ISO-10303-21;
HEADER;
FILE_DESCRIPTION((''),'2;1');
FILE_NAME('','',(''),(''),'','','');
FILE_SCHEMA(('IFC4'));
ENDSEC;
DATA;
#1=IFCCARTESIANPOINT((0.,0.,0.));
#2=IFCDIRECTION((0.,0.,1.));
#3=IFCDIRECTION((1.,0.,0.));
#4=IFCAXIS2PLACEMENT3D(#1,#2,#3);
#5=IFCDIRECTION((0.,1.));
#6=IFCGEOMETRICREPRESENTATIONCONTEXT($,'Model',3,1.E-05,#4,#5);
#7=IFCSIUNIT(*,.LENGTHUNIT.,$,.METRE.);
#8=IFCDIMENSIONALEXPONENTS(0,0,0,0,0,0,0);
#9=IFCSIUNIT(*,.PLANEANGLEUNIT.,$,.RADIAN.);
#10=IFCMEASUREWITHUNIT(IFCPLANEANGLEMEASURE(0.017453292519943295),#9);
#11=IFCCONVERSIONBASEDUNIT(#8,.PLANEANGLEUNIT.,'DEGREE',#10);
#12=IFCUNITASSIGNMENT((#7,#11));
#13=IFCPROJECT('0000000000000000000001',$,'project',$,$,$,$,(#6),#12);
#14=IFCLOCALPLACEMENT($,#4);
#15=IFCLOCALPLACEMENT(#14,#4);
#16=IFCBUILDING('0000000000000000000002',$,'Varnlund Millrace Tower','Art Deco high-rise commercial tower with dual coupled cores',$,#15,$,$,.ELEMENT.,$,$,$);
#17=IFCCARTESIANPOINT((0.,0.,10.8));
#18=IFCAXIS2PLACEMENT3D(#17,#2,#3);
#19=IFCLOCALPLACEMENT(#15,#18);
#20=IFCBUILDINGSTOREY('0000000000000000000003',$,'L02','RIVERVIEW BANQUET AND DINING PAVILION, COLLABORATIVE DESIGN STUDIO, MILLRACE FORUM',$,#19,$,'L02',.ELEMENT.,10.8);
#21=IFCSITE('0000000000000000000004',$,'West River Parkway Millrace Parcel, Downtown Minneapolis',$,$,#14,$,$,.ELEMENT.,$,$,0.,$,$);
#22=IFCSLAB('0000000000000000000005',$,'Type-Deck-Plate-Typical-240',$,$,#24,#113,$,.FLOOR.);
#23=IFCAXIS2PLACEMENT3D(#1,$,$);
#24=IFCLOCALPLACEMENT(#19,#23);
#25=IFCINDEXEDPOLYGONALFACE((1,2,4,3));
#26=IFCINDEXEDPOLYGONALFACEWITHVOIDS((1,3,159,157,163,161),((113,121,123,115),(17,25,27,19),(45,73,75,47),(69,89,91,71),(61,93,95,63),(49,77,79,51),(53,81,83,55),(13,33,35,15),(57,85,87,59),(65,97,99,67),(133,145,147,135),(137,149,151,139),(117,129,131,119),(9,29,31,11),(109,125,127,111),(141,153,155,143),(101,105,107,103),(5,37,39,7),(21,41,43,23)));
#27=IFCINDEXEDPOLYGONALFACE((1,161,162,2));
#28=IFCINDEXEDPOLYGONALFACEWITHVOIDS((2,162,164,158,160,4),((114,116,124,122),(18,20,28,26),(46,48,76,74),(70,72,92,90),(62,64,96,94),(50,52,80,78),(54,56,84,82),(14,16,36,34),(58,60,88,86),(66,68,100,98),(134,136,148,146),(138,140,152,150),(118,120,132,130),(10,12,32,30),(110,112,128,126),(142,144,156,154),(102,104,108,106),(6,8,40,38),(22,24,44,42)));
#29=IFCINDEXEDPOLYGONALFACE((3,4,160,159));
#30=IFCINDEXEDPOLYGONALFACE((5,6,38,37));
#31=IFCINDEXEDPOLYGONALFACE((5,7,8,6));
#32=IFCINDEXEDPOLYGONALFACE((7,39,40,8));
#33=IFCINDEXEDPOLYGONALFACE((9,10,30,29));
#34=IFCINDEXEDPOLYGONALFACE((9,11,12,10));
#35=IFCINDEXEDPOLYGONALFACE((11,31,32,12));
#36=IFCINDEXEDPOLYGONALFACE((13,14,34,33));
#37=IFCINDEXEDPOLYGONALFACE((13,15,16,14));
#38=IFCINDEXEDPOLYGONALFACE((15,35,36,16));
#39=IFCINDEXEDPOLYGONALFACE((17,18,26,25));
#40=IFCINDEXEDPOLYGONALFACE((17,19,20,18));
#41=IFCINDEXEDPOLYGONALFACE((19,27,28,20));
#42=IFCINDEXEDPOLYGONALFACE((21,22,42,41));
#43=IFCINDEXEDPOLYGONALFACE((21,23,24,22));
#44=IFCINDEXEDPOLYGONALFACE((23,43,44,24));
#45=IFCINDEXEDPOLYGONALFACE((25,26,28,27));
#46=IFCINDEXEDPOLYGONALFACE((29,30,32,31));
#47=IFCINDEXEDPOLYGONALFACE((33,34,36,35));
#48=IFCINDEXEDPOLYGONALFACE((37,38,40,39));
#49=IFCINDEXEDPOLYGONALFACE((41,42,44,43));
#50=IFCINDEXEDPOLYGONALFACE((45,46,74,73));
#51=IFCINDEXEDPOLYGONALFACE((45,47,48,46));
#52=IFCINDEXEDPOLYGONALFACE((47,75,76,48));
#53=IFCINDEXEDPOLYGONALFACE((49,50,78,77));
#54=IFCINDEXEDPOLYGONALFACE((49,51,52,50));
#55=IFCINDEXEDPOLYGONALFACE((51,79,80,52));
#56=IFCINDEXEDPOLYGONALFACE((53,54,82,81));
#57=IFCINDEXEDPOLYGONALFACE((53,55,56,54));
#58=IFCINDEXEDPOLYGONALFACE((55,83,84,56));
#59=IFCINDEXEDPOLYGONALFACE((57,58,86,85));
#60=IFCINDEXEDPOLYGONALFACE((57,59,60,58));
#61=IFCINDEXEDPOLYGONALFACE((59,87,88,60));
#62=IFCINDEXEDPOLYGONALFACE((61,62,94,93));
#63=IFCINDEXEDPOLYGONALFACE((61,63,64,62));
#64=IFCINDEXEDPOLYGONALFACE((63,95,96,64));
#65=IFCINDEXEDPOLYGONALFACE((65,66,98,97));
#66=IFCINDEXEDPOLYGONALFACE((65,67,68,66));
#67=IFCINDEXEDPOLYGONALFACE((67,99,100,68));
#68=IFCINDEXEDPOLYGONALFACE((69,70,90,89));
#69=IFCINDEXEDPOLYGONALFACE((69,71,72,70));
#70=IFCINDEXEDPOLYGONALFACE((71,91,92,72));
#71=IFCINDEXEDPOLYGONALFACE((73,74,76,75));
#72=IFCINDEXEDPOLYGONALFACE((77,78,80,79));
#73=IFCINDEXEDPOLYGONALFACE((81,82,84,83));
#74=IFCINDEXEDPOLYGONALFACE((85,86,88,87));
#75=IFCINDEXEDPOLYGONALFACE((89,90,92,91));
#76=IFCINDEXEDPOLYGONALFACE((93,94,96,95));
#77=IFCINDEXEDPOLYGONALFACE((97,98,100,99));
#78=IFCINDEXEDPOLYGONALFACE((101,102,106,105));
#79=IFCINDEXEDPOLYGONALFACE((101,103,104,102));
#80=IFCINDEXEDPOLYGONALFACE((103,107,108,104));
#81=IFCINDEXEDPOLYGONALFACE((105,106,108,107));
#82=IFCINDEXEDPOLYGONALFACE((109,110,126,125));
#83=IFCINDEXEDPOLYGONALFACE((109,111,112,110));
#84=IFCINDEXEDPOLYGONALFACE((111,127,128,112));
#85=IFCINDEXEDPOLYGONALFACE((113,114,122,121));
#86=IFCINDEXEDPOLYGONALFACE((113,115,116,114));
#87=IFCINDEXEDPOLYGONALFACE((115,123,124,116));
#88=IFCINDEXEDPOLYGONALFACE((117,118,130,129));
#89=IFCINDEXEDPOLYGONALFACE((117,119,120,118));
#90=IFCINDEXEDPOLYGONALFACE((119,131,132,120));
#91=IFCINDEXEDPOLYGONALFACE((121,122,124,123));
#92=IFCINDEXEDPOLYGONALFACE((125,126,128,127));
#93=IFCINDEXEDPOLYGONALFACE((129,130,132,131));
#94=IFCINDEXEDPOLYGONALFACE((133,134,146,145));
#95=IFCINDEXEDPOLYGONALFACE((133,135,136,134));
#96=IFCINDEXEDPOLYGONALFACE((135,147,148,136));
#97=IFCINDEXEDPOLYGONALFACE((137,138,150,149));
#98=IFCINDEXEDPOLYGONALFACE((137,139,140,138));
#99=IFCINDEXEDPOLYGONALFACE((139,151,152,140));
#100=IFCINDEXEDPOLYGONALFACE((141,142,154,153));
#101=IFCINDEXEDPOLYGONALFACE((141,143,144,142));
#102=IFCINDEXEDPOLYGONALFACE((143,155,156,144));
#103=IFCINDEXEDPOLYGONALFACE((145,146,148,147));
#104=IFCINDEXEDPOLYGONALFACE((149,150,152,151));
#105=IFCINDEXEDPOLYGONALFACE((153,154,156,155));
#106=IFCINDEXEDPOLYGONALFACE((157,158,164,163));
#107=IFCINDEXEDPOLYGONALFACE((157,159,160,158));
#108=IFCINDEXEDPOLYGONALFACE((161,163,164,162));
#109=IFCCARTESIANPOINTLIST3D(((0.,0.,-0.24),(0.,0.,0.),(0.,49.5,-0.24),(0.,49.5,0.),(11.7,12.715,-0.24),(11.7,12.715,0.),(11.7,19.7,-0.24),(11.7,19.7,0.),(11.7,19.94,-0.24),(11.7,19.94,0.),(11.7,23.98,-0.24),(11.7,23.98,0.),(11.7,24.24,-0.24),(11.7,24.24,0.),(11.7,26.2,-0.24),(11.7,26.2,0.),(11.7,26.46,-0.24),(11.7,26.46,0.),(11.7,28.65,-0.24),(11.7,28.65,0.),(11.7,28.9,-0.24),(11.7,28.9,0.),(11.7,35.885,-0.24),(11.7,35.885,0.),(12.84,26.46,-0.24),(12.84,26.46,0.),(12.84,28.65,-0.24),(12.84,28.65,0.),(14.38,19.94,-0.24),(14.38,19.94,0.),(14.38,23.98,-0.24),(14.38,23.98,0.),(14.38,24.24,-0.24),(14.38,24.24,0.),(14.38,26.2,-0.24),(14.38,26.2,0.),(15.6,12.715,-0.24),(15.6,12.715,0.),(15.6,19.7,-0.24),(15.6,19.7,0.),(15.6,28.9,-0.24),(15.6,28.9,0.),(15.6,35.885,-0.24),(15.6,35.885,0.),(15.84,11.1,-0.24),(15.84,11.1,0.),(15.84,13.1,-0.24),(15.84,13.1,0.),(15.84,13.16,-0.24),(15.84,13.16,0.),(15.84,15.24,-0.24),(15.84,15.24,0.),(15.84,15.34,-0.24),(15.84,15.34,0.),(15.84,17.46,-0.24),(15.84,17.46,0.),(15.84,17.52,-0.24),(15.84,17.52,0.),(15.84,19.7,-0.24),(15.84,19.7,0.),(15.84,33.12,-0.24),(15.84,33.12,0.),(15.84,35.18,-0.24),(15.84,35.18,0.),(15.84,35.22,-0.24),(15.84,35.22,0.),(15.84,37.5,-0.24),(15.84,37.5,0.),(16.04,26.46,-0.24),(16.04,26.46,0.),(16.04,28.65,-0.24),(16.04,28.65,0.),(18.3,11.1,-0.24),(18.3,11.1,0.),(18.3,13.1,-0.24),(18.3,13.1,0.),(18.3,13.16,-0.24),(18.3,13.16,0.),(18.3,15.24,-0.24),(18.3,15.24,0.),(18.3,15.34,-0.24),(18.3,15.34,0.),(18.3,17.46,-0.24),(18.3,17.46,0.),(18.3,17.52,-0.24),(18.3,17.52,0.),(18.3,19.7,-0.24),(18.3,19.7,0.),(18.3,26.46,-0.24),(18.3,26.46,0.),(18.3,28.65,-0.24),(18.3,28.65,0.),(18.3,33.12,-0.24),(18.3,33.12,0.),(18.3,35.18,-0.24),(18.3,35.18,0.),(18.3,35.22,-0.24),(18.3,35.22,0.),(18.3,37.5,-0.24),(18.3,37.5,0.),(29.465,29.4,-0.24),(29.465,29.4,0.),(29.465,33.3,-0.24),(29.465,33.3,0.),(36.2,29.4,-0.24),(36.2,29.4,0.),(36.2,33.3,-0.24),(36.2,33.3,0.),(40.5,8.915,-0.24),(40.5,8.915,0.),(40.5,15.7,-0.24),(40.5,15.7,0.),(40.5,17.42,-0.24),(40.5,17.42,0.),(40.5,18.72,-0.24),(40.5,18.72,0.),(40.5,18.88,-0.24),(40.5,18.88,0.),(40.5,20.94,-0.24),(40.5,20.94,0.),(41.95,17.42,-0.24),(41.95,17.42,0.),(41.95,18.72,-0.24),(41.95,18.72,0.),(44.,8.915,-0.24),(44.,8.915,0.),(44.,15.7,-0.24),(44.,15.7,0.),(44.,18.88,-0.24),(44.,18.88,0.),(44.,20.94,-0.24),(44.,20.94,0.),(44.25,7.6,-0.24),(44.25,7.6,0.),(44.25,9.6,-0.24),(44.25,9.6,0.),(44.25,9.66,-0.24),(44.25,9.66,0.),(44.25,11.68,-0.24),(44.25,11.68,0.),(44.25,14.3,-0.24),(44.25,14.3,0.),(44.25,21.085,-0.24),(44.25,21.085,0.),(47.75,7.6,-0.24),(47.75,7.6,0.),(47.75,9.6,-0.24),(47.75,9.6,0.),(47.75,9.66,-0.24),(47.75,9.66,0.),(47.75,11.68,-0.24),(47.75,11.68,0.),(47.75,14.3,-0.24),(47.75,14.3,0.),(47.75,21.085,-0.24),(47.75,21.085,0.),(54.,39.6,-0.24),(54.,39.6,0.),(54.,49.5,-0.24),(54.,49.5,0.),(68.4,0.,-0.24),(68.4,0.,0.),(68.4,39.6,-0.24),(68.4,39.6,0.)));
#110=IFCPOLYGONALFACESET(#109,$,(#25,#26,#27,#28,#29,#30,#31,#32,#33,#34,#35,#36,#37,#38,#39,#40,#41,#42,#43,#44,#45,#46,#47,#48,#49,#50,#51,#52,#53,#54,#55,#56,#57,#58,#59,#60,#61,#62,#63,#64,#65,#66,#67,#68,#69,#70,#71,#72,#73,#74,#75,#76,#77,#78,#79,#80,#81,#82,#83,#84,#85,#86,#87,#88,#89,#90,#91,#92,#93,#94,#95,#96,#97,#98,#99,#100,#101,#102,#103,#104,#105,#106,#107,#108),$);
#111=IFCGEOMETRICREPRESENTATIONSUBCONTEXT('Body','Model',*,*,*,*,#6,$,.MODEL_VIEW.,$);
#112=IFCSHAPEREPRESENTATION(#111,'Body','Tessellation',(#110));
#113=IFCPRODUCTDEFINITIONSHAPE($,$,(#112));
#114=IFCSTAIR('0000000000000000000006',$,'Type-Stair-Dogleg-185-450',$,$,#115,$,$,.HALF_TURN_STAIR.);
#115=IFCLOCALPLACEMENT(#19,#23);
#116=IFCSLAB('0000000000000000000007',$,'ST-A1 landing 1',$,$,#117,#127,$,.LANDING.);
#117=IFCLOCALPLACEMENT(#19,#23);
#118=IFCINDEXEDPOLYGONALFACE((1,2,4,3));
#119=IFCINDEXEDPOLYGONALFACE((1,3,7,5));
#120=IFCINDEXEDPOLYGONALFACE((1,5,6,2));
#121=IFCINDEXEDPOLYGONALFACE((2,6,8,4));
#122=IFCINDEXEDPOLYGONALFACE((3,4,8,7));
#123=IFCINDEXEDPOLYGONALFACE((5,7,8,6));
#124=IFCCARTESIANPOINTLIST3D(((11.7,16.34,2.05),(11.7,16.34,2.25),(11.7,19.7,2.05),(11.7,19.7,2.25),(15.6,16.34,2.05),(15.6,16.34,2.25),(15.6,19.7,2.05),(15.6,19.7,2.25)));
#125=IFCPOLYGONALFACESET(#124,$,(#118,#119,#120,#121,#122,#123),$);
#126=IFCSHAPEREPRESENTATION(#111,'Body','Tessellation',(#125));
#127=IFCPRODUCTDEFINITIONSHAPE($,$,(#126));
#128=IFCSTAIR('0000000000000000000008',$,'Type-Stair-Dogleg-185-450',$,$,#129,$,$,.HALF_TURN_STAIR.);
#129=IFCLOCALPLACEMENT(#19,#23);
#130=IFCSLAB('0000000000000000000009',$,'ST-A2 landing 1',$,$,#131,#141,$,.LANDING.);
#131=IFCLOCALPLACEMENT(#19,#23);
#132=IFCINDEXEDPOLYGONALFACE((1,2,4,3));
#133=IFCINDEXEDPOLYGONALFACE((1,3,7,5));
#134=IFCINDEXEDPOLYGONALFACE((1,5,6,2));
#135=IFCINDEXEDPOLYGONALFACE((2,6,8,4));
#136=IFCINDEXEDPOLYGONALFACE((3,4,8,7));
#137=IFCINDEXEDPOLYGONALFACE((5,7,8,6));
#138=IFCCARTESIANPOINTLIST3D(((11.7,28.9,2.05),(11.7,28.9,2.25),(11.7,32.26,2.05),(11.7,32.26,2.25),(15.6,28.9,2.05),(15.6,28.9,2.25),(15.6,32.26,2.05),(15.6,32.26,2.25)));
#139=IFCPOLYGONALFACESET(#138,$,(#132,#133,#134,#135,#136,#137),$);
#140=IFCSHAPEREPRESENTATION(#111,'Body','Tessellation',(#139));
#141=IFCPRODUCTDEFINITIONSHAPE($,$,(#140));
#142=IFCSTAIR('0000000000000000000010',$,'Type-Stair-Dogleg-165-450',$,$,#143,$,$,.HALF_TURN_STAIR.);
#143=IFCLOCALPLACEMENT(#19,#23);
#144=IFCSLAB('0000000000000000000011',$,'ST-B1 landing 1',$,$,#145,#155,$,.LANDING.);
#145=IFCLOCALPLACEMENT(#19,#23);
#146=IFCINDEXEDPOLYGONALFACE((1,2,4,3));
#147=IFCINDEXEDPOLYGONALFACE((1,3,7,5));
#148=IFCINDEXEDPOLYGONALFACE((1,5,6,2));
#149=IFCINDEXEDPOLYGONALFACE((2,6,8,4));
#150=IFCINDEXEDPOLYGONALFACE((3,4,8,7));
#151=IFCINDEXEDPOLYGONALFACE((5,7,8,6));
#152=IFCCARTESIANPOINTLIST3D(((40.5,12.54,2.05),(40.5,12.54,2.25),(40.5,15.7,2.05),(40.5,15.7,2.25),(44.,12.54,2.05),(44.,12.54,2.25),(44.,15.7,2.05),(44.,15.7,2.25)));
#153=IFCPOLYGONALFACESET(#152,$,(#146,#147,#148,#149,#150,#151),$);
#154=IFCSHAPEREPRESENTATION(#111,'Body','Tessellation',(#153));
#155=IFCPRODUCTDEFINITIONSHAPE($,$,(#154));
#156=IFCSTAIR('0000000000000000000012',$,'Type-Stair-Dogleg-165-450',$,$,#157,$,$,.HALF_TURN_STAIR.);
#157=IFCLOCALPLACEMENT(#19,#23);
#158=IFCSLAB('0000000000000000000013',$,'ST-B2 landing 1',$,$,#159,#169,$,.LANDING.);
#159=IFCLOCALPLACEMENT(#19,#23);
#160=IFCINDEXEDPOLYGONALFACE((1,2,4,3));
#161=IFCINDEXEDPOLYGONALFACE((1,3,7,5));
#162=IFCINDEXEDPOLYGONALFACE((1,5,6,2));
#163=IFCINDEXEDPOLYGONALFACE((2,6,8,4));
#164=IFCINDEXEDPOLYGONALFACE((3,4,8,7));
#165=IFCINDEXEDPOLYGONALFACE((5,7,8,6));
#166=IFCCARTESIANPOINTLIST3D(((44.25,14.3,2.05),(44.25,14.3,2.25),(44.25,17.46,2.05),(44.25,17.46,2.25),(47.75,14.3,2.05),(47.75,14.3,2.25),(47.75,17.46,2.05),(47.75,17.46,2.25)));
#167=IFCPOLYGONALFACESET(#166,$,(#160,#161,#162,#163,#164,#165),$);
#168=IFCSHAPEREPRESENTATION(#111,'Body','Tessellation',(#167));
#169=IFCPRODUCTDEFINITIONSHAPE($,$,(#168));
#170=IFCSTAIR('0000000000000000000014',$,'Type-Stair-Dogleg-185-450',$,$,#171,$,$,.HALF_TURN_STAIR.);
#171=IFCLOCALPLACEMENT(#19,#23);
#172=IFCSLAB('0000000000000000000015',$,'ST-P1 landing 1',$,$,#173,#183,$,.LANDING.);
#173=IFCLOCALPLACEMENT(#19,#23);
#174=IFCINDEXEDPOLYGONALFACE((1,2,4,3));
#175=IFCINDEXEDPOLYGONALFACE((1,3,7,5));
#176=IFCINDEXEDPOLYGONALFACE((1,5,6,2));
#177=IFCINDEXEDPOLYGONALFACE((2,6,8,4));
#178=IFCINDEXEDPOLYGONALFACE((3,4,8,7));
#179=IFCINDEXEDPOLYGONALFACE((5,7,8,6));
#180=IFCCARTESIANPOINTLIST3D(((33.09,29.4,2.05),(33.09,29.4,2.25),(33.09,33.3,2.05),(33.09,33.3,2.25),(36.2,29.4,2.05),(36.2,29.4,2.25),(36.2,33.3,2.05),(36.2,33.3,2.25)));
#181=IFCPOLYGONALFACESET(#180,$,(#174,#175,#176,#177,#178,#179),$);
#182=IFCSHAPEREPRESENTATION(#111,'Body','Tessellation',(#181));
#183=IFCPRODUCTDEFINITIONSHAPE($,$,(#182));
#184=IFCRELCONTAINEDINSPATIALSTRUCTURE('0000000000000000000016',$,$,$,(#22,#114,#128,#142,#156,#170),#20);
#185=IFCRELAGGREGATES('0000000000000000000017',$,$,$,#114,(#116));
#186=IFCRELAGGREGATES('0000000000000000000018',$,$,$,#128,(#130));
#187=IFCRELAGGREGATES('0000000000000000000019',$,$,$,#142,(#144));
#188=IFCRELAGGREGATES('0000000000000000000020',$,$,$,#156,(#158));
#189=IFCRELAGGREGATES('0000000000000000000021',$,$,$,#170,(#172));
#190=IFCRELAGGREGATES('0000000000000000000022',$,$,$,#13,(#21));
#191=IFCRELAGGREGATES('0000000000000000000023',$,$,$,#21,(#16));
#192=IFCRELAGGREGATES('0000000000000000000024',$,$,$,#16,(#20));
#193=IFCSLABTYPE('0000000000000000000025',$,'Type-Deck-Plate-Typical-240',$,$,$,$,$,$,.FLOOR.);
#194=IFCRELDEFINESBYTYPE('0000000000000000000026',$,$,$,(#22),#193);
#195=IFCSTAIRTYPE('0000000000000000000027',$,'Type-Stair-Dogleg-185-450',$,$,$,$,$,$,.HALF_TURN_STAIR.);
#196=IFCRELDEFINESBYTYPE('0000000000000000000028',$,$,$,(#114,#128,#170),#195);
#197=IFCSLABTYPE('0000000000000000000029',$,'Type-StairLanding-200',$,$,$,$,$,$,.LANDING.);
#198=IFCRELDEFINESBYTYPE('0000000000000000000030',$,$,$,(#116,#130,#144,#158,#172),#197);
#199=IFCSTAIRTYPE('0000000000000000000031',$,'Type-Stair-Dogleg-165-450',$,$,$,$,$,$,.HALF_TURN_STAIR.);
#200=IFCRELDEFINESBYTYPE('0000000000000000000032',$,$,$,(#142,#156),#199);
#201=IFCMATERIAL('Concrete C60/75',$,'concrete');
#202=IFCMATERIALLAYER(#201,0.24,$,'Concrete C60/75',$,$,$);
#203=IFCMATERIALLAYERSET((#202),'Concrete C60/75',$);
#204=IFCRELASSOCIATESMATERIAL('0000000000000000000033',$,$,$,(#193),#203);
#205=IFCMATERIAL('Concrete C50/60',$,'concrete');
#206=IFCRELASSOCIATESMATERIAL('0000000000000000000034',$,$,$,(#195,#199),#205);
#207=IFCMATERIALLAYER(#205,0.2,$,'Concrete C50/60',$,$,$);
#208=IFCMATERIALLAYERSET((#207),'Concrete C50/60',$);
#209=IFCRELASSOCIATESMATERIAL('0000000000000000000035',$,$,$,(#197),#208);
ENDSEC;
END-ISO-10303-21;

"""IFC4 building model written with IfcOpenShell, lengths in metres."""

from ifc_helpers import new_model, entity, si_unit, converted_unit, direction, frame, origin_with_axes, place, context, subcontext, project, spatial, polyline, outline, extrude, material, layer, layer_set, type_object, element, aggregate, save


model = new_model("IFC4")

# Units and contexts
model_context = context("Model", 3, precision=1e-05, world=origin_with_axes(), true_north=direction((0.0, 1.0)))
body_context = subcontext(model_context, "Body", "Model", "MODEL_VIEW")
ifc_project = project(units=[si_unit("LENGTHUNIT", "METRE"), converted_unit("PLANEANGLEUNIT", "DEGREE", entity("IfcPlaneAngleMeasure", 0.017453292519943295), si_unit("PLANEANGLEUNIT", "RADIAN"), dimensions=[0, 0, 0, 0, 0, 0, 0])], contexts=[model_context])

# Site, building, storey
site_placement = place(None, origin_with_axes())
site = spatial("IfcSite", under=ifc_project, at=site_placement, Name="West River Parkway Millrace Parcel, Downtown Minneapolis", CompositionType="ELEMENT", RefElevation=0.0)
building_placement = place(site_placement, origin_with_axes())
building = spatial("IfcBuilding", under=site, at=building_placement, Name="Varnlund Millrace Tower", Description="Art Deco high-rise commercial tower with dual coupled cores", CompositionType="ELEMENT")
storey_placement = place(building_placement, frame((0.0, 0.0, 10.8), z_axis=(0.0, 0.0, 1.0), x_axis=(1.0, 0.0, 0.0)))
storey = spatial("IfcBuildingStorey", under=building, at=storey_placement, Name="L02", Description="RIVERVIEW BANQUET AND DINING PAVILION, COLLABORATIVE DESIGN STUDIO, MILLRACE FORUM", LongName="L02", CompositionType="ELEMENT", Elevation=10.8)

# Slab
ifc_material_1 = material(Name="Concrete C60/75", Category="concrete")
ifc_layer_1 = layer(ifc_material_1, 0.24, Name="Concrete C60/75")
ifc_layer_set_1 = layer_set([ifc_layer_1], Name="Concrete C60/75")
slab_type_1 = type_object("IfcSlabType", Name="Type-Deck-Plate-Typical-240", PredefinedType="FLOOR", material=ifc_layer_set_1)
slab_1_placement = place(storey_placement, frame((0.0, 0.0, -0.24), z_axis=(0.0, 0.0, 1.0), x_axis=(1.0, 0.0, 0.0)))
element("IfcSlab", 1, at=slab_1_placement, inside=storey, type_object=slab_type_1, Name="Type-Deck-Plate-Typical-240", PredefinedType="FLOOR", context=body_context, shape_type="SweptSolid", body=[
    extrude(outline(polyline([(68.4, 39.6), (54.0, 39.6), (54.0, 49.5), (0.0, 49.5), (0.0, 0.0), (68.4, 0.0), (68.4, 39.6)]), holes=[polyline([(18.3, 11.1), (15.84, 11.1), (15.84, 13.1), (18.3, 13.1), (18.3, 11.1)]), polyline([(18.3, 13.16), (15.84, 13.16), (15.84, 15.24), (18.3, 15.24), (18.3, 13.16)]), polyline([(15.6, 12.715), (11.7, 12.715), (11.7, 19.7), (15.6, 19.7), (15.6, 12.715)]), polyline([(15.84, 15.34), (15.84, 17.46), (18.3, 17.46), (18.3, 15.34), (15.84, 15.34)]), polyline([(15.84, 17.52), (15.84, 19.7), (18.3, 19.7), (18.3, 17.52), (15.84, 17.52)]), polyline([(11.7, 23.98), (14.38, 23.98), (14.38, 19.94), (11.7, 19.94), (11.7, 23.98)]), polyline([(14.38, 24.24), (11.7, 24.24), (11.7, 26.2), (14.38, 26.2), (14.38, 24.24)]), polyline([(11.7, 26.46), (11.7, 28.65), (12.84, 28.65), (12.84, 26.46), (11.7, 26.46)]), polyline([(11.7, 28.9), (11.7, 35.885), (15.6, 35.885), (15.6, 28.9), (11.7, 28.9)]), polyline([(47.75, 7.6), (44.25, 7.6), (44.25, 9.6), (47.75, 9.6), (47.75, 7.6)]), polyline([(47.75, 9.66), (44.25, 9.66), (44.25, 11.68), (47.75, 11.68), (47.75, 9.66)]), polyline([(44.0, 8.915), (40.5, 8.915), (40.5, 15.7), (44.0, 15.7), (44.0, 8.915)]), polyline([(44.25, 14.3), (44.25, 21.085), (47.75, 21.085), (47.75, 14.3), (44.25, 14.3)]), polyline([(40.5, 17.42), (40.5, 18.72), (41.95, 18.72), (41.95, 17.42), (40.5, 17.42)]), polyline([(44.0, 18.88), (40.5, 18.88), (40.5, 20.94), (44.0, 20.94), (44.0, 18.88)]), polyline([(18.3, 26.46), (16.04, 26.46), (16.04, 28.65), (18.3, 28.65), (18.3, 26.46)]), polyline([(36.2, 29.4), (29.465, 29.4), (29.465, 33.3), (36.2, 33.3), (36.2, 29.4)]), polyline([(15.84, 33.12), (15.84, 35.18), (18.3, 35.18), (18.3, 33.12), (15.84, 33.12)]), polyline([(15.84, 35.22), (15.84, 37.5), (18.3, 37.5), (18.3, 35.22), (15.84, 35.22)])]), origin_with_axes(), (0.0, 0.0, 1.0), 0.24),
])

# Stairs, slabs
ifc_material_2 = material(Name="Concrete C50/60", Category="concrete")
stair_type_1 = type_object("IfcStairType", Name="Type-Stair-Dogleg-185-450", PredefinedType="HALF_TURN_STAIR", material=ifc_material_2)
stair_1_placement = place(storey_placement, origin_with_axes())
stair_1 = element("IfcStair", 2, at=stair_1_placement, inside=storey, type_object=stair_type_1, Name="Type-Stair-Dogleg-185-450", PredefinedType="HALF_TURN_STAIR")
ifc_layer_2 = layer(ifc_material_2, 0.2, Name="Concrete C50/60")
ifc_layer_set_2 = layer_set([ifc_layer_2], Name="Concrete C50/60")
slab_type_2 = type_object("IfcSlabType", Name="Type-StairLanding-200", PredefinedType="LANDING", material=ifc_layer_set_2)
slab_2_placement = place(storey_placement, frame((0.0, 0.0, 2.05), z_axis=(0.0, 0.0, 1.0), x_axis=(1.0, 0.0, 0.0)))
slab_2 = element("IfcSlab", 3, at=slab_2_placement, type_object=slab_type_2, Name="ST-A1 landing 1", PredefinedType="LANDING", context=body_context, shape_type="SweptSolid", body=[
    extrude(outline(polyline([(15.6, 16.34), (15.6, 19.7), (11.7, 19.7), (11.7, 16.34), (15.6, 16.34)])), origin_with_axes(), (0.0, 0.0, 1.0), 0.2),
])
aggregate(stair_1, [slab_2])
stair_2_placement = place(storey_placement, origin_with_axes())
stair_2 = element("IfcStair", 4, at=stair_2_placement, inside=storey, type_object=stair_type_1, Name="Type-Stair-Dogleg-185-450", PredefinedType="HALF_TURN_STAIR")
slab_3_placement = place(storey_placement, frame((0.0, 0.0, 2.05), z_axis=(0.0, 0.0, 1.0), x_axis=(1.0, 0.0, 0.0)))
slab_3 = element("IfcSlab", 5, at=slab_3_placement, type_object=slab_type_2, Name="ST-A2 landing 1", PredefinedType="LANDING", context=body_context, shape_type="SweptSolid", body=[
    extrude(outline(polyline([(11.7, 32.26), (11.7, 28.9), (15.6, 28.9), (15.6, 32.26), (11.7, 32.26)])), origin_with_axes(), (0.0, 0.0, 1.0), 0.2),
])
aggregate(stair_2, [slab_3])
stair_type_2 = type_object("IfcStairType", Name="Type-Stair-Dogleg-165-450", PredefinedType="HALF_TURN_STAIR", material=ifc_material_2)
stair_3_placement = place(storey_placement, origin_with_axes())
stair_3 = element("IfcStair", 6, at=stair_3_placement, inside=storey, type_object=stair_type_2, Name="Type-Stair-Dogleg-165-450", PredefinedType="HALF_TURN_STAIR")
slab_4_placement = place(storey_placement, frame((0.0, 0.0, 2.05), z_axis=(0.0, 0.0, 1.0), x_axis=(1.0, 0.0, 0.0)))
slab_4 = element("IfcSlab", 7, at=slab_4_placement, type_object=slab_type_2, Name="ST-B1 landing 1", PredefinedType="LANDING", context=body_context, shape_type="SweptSolid", body=[
    extrude(outline(polyline([(44.0, 12.54), (44.0, 15.7), (40.5, 15.7), (40.5, 12.54), (44.0, 12.54)])), origin_with_axes(), (0.0, 0.0, 1.0), 0.2),
])
aggregate(stair_3, [slab_4])
stair_4_placement = place(storey_placement, origin_with_axes())
stair_4 = element("IfcStair", 8, at=stair_4_placement, inside=storey, type_object=stair_type_2, Name="Type-Stair-Dogleg-165-450", PredefinedType="HALF_TURN_STAIR")
slab_5_placement = place(storey_placement, frame((0.0, 0.0, 2.05), z_axis=(0.0, 0.0, 1.0), x_axis=(1.0, 0.0, 0.0)))
slab_5 = element("IfcSlab", 9, at=slab_5_placement, type_object=slab_type_2, Name="ST-B2 landing 1", PredefinedType="LANDING", context=body_context, shape_type="SweptSolid", body=[
    extrude(outline(polyline([(44.25, 17.46), (44.25, 14.3), (47.75, 14.3), (47.75, 17.46), (44.25, 17.46)])), origin_with_axes(), (0.0, 0.0, 1.0), 0.2),
])
aggregate(stair_4, [slab_5])
stair_5_placement = place(storey_placement, origin_with_axes())
stair_5 = element("IfcStair", 10, at=stair_5_placement, inside=storey, type_object=stair_type_1, Name="Type-Stair-Dogleg-185-450", PredefinedType="HALF_TURN_STAIR")
slab_6_placement = place(storey_placement, frame((0.0, 0.0, 2.05), z_axis=(0.0, 0.0, 1.0), x_axis=(1.0, 0.0, 0.0)))
slab_6 = element("IfcSlab", 11, at=slab_6_placement, type_object=slab_type_2, Name="ST-P1 landing 1", PredefinedType="LANDING", context=body_context, shape_type="SweptSolid", body=[
    extrude(outline(polyline([(33.09, 29.4), (36.2, 29.4), (36.2, 33.3), (33.09, 33.3), (33.09, 29.4)])), origin_with_axes(), (0.0, 0.0, 1.0), 0.2),
])
aggregate(stair_5, [slab_6])

save(model, "model.ifc")
